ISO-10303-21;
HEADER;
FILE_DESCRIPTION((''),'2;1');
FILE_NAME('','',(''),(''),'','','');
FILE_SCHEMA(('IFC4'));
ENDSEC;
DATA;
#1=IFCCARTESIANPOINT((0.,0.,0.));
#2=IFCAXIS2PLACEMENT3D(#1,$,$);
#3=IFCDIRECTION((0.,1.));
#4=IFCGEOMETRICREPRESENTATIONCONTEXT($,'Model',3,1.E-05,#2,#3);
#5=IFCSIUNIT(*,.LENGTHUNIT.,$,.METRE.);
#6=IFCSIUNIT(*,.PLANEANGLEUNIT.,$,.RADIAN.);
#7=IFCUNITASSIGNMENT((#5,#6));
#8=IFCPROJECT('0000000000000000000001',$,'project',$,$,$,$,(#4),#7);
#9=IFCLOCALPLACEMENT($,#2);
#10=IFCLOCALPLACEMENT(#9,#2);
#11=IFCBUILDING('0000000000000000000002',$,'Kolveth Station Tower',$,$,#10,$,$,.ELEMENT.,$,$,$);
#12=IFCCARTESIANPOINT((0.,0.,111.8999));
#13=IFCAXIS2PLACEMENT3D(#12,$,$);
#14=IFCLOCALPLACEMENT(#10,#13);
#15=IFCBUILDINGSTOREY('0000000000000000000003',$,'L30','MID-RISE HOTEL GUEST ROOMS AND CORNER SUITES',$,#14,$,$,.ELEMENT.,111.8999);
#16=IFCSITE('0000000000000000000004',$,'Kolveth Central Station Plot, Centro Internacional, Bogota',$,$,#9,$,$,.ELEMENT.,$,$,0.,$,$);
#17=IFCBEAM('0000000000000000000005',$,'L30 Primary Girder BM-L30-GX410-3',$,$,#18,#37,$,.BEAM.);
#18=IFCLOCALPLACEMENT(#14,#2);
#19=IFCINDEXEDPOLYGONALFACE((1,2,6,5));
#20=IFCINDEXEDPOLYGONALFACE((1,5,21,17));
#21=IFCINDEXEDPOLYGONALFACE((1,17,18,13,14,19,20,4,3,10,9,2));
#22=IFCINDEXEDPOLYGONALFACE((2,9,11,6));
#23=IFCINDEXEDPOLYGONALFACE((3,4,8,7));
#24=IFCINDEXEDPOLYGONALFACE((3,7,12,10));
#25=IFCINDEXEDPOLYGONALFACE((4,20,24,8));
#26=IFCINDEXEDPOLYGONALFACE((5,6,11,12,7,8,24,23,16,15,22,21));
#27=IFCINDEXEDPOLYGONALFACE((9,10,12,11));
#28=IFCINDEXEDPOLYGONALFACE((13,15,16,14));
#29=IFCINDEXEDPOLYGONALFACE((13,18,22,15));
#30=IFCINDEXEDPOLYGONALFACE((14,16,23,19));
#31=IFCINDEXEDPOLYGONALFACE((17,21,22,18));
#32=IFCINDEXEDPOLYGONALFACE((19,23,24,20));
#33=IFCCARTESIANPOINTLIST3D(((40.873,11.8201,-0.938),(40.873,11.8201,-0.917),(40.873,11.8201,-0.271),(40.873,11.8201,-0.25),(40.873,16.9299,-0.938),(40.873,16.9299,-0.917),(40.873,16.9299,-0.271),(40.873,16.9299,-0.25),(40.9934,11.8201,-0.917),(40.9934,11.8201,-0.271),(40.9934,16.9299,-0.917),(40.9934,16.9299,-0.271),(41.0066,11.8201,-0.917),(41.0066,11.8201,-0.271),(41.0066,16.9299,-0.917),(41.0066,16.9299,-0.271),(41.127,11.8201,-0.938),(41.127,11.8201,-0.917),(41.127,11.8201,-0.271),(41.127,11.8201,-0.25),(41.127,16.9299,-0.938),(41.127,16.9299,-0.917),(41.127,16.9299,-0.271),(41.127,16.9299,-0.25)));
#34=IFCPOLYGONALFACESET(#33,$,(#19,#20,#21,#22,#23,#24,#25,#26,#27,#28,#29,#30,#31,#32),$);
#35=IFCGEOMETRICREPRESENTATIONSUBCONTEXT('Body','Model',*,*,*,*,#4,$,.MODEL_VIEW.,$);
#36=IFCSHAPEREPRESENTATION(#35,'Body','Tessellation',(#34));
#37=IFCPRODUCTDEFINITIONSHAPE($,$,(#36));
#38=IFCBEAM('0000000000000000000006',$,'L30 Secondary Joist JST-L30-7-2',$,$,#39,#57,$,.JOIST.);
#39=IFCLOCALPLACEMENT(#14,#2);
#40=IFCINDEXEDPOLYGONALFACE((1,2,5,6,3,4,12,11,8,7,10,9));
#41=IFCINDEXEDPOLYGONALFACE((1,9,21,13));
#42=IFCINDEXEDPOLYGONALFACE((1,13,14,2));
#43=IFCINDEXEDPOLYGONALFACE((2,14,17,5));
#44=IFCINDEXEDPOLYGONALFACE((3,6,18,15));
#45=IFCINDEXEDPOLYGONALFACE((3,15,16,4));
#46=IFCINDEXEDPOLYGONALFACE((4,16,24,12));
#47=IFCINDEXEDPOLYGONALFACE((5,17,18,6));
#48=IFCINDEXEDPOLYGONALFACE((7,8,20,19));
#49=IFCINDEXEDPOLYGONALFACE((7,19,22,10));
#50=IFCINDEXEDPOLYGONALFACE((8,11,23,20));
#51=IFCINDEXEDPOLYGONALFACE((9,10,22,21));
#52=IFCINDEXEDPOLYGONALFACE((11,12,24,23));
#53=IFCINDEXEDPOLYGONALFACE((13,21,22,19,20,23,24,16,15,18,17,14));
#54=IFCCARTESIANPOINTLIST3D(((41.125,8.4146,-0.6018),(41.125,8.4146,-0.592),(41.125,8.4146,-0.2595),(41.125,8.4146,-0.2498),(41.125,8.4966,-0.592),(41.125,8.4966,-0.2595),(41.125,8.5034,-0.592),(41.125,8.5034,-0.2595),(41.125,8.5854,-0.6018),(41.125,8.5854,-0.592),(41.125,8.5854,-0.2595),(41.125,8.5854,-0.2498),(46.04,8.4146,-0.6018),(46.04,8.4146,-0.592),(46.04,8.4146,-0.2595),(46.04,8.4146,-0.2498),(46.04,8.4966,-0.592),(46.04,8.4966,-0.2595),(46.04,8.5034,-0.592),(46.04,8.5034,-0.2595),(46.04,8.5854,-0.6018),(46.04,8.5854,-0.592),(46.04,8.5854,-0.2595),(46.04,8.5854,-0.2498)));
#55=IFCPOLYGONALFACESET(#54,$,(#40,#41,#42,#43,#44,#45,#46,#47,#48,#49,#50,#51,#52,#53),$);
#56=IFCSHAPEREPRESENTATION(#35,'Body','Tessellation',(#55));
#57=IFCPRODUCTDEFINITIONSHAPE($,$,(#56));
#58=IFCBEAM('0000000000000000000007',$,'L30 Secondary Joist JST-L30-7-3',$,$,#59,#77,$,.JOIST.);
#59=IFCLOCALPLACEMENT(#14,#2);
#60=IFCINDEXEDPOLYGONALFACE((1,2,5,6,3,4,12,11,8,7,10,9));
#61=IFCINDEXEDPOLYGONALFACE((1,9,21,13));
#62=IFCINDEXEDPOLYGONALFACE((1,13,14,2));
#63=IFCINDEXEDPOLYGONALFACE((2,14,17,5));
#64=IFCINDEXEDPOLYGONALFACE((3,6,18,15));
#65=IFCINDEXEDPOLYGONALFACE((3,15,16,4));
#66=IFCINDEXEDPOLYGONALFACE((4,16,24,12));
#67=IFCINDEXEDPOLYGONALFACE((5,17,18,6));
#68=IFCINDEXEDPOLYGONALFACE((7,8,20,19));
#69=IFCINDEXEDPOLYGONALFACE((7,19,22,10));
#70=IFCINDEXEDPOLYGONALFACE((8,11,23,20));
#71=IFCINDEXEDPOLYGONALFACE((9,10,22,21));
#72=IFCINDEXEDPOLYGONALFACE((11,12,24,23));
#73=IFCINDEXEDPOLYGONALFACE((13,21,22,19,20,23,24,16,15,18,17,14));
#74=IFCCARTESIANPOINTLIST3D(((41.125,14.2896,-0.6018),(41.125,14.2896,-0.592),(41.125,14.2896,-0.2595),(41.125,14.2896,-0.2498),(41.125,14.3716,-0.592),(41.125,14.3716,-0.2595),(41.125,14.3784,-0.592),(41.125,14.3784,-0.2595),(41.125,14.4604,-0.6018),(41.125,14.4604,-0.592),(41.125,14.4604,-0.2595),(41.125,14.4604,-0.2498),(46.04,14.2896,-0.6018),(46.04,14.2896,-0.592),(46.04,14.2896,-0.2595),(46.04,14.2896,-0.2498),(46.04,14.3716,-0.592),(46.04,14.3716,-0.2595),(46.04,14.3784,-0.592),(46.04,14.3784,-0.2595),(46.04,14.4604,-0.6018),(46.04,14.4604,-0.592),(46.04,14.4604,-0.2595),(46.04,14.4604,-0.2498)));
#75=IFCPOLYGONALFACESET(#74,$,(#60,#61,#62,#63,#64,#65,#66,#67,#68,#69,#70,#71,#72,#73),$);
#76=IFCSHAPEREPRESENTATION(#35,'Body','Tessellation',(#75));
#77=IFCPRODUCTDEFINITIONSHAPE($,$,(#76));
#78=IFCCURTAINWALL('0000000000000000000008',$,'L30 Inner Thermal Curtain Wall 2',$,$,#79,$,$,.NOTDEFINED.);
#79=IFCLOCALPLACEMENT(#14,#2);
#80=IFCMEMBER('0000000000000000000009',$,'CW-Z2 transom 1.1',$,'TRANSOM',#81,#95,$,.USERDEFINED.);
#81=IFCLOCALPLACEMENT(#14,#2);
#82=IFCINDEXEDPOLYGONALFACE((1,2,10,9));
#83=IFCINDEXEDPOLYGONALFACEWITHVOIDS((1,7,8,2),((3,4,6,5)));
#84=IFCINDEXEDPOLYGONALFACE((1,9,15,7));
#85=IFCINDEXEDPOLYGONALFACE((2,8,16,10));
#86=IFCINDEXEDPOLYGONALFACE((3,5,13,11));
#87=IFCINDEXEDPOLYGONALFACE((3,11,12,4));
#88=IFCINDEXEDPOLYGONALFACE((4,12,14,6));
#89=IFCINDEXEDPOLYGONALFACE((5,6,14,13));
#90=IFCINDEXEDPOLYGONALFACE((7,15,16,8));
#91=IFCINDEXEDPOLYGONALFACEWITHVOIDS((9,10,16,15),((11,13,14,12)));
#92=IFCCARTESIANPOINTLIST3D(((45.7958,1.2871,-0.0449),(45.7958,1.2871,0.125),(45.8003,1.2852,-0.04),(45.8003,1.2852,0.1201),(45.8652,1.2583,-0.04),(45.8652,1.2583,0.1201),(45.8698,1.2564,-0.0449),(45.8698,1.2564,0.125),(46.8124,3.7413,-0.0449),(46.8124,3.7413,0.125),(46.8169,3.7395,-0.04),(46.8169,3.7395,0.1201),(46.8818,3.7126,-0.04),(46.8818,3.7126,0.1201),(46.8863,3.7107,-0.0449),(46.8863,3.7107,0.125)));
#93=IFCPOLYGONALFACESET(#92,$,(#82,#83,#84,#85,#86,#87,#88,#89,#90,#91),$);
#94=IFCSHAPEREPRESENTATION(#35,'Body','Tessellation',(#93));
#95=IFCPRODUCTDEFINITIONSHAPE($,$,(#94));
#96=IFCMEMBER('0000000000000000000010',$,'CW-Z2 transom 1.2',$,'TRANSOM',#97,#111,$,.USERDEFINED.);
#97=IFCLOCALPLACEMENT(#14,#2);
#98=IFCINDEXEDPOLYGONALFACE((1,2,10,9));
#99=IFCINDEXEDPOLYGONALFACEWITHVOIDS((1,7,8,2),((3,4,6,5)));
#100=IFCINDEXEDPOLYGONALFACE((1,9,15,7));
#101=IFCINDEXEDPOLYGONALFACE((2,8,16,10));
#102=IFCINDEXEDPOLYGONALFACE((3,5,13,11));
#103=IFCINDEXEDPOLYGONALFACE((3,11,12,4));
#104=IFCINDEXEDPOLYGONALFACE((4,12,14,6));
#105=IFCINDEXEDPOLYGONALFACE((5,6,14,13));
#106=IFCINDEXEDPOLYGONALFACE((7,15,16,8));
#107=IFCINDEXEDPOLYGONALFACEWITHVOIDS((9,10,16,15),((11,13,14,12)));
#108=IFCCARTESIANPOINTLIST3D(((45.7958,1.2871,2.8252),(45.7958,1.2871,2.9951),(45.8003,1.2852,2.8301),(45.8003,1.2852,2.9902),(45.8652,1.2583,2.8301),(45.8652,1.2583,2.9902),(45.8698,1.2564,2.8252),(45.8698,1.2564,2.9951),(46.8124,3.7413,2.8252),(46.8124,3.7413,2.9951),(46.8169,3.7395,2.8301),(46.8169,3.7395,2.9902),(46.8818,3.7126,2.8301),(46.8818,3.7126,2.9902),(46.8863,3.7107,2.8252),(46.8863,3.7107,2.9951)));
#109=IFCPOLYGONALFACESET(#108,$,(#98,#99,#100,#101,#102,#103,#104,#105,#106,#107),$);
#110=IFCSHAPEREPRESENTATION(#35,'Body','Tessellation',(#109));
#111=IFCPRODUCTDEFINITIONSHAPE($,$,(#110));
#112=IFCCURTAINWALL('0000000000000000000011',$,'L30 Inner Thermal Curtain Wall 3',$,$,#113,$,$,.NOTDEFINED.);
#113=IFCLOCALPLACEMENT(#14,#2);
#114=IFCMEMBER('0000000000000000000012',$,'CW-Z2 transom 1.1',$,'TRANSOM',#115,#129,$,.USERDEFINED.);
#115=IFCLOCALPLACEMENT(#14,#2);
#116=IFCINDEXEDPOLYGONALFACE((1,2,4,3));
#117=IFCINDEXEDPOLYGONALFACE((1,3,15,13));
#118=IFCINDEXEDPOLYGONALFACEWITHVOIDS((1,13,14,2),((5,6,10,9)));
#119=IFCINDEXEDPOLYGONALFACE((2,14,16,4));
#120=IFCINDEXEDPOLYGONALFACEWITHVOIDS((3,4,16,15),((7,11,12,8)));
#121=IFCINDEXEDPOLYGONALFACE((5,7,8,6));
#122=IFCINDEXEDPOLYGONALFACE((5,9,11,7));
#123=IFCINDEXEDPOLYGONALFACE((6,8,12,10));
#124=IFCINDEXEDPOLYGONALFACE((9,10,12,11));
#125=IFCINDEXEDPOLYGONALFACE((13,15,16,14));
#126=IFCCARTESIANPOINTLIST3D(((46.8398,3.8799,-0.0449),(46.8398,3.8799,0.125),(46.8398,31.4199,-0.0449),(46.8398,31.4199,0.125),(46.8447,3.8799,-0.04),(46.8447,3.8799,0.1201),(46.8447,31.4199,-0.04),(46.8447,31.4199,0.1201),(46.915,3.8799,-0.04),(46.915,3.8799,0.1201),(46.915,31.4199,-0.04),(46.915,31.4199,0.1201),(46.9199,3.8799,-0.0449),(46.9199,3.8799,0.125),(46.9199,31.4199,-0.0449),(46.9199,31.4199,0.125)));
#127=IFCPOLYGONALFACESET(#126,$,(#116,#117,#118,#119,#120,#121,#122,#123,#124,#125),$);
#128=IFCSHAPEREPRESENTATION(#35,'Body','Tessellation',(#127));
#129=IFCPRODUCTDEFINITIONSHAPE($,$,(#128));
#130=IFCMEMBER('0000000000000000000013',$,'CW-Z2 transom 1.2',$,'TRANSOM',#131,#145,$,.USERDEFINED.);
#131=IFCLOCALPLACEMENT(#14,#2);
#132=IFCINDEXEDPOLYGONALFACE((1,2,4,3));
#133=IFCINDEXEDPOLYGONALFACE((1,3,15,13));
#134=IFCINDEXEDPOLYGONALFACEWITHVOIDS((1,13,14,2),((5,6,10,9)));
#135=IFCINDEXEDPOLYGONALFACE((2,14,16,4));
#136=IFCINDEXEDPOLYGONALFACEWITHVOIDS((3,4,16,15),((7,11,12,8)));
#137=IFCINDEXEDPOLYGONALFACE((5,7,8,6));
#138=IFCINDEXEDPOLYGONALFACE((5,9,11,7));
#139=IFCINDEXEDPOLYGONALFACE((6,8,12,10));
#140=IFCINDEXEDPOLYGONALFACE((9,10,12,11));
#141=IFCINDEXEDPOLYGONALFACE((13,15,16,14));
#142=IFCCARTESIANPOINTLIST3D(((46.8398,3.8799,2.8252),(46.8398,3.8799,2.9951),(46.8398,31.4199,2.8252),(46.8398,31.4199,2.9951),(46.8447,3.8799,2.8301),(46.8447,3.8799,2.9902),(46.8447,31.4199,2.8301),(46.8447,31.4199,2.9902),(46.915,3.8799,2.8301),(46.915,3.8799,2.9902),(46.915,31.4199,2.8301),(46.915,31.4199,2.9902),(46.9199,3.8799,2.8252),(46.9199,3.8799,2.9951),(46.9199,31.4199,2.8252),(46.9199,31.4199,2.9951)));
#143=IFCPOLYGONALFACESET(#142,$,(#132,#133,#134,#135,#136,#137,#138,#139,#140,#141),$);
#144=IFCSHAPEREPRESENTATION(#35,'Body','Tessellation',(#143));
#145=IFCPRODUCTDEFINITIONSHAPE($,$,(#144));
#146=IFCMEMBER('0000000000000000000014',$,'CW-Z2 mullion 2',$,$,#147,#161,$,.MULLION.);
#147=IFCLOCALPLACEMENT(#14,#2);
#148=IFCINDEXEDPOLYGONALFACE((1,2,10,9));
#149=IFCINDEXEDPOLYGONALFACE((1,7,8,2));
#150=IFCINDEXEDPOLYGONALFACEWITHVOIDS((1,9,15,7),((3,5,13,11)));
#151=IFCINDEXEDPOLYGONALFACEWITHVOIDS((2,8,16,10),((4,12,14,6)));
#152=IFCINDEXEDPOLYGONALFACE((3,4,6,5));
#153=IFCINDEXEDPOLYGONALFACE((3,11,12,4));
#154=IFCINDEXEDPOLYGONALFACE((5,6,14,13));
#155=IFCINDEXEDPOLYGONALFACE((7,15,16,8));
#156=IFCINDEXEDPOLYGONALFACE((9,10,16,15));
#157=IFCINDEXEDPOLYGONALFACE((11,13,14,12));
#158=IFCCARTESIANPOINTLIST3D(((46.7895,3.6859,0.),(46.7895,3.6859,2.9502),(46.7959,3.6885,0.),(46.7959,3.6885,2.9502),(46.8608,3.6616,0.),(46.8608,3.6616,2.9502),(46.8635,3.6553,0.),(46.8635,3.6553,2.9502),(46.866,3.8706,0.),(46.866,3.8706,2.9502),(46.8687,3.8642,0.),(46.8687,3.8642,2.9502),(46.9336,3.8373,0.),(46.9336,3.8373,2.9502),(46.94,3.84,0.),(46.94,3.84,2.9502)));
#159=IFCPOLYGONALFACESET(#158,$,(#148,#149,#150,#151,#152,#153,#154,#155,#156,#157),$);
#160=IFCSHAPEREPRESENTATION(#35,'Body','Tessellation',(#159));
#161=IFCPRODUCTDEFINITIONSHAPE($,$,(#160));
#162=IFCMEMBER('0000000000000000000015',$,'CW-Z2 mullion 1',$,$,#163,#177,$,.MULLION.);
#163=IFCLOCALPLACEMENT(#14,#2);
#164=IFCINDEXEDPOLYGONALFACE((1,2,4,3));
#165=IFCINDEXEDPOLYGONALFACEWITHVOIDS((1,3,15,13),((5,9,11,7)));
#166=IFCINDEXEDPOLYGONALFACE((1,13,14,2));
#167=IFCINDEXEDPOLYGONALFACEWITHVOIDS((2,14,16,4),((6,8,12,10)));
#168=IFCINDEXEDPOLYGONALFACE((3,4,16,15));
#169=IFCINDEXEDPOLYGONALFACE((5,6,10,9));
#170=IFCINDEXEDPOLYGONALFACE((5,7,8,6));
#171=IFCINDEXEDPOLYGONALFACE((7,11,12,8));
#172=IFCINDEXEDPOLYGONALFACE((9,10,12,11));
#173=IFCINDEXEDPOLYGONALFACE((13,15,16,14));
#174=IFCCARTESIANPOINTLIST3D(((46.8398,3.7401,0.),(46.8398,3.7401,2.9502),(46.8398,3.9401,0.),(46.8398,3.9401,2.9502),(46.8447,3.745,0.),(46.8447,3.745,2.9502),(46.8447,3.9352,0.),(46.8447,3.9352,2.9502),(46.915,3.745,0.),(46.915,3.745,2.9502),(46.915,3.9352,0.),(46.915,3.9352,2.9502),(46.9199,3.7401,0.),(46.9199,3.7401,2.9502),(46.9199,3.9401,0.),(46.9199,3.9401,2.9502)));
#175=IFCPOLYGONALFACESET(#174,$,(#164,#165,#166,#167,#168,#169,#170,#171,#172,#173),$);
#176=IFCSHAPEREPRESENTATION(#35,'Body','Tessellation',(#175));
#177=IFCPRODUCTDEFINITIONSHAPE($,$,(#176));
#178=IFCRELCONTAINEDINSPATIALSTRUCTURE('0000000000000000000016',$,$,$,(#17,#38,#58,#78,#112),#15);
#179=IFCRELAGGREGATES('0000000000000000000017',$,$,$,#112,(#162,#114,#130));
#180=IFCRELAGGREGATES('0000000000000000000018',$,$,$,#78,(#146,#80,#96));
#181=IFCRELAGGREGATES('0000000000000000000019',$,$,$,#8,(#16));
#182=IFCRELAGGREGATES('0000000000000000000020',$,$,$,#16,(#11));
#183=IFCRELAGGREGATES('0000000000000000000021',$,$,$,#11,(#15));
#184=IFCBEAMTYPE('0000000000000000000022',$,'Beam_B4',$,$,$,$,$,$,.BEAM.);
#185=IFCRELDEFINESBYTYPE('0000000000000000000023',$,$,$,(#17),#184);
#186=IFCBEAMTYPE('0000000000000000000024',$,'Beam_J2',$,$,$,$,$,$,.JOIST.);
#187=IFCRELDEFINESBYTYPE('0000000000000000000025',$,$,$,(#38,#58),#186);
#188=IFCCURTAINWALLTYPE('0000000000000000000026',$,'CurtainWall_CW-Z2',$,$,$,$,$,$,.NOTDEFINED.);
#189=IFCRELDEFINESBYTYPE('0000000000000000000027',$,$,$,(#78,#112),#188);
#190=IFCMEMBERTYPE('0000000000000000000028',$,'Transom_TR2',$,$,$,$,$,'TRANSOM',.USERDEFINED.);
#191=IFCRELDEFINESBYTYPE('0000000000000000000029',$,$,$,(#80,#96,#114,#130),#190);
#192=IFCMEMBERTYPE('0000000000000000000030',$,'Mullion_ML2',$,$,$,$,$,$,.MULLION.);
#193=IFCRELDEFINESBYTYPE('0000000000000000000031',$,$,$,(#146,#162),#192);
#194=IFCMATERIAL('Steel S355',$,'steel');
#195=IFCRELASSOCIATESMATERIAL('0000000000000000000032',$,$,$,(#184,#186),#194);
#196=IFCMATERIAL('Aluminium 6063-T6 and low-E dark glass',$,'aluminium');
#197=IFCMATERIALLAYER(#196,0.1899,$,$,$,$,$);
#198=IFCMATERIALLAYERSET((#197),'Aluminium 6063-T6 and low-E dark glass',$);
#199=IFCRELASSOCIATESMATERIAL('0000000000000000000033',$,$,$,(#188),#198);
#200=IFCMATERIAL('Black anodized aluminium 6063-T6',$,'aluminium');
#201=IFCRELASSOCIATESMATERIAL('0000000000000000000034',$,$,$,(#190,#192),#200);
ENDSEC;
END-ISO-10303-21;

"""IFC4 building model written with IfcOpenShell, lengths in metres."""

from ifc_helpers import new_model, si_unit, direction, frame, origin, origin_2d, place, context, subcontext, project, spatial, hollow_rectangle, i_section, extrude, source, transform, mapped, material, layer, layer_set, material_profile, profile_set, type_object, element, aggregate, save


model = new_model("IFC4")

# Units and contexts
model_context = context("Model", 3, precision=1e-05, world=origin(), true_north=direction((0.0, 1.0)))
body_context = subcontext(model_context, "Body", "Model", "MODEL_VIEW")
ifc_project = project(units=[si_unit("LENGTHUNIT", "METRE"), si_unit("PLANEANGLEUNIT", "RADIAN")], contexts=[model_context])

# Site, building, storey
site_placement = place(None, origin())
site = spatial("IfcSite", under=ifc_project, at=site_placement, Name="Kolveth Central Station Plot, Centro Internacional, Bogota", CompositionType="ELEMENT", RefElevation=0.0)
building_placement = place(site_placement, origin())
building = spatial("IfcBuilding", under=site, at=building_placement, Name="Kolveth Station Tower", CompositionType="ELEMENT")
storey_placement = place(building_placement, frame((0.0, 0.0, 111.8999)))
storey = spatial("IfcBuildingStorey", under=building, at=storey_placement, Name="L30", Description="MID-RISE HOTEL GUEST ROOMS AND CORNER SUITES", CompositionType="ELEMENT", Elevation=111.8999)

# Beams
ifc_material_1 = material(Name="Steel S355", Category="steel")
ifc_material_profile_1 = material_profile(ifc_material_1, i_section(OverallWidth=0.2539, OverallDepth=0.688, WebThickness=0.0132, FlangeThickness=0.021, at=origin_2d()), Name="W690x152")
ifc_profile_set_1 = profile_set([ifc_material_profile_1], Name="Steel S355")
beam_type_1 = type_object("IfcBeamType", Name="Beam_B4", PredefinedType="BEAM", material=ifc_profile_set_1)
shared_shape_1 = source(origin(), body_context, "Body", "SweptSolid", [
    extrude(i_section(OverallWidth=0.2539, OverallDepth=0.688, WebThickness=0.0132, FlangeThickness=0.021, at=origin_2d()), origin(), (0.0, 0.0, 1.0), 5.1099),
])
beam_1_placement = place(storey_placement, frame((41.0, 11.8201, -0.594), z_axis=(0.0, 1.0, 0.0), x_axis=(-1.0, 0.0, 0.0)))
element("IfcBeam", 1, at=beam_1_placement, inside=storey, type_object=beam_type_1, Name="L30 Primary Girder BM-L30-GX410-3", PredefinedType="BEAM", context=body_context, shape_type="MappedRepresentation", body=[
    mapped(shared_shape_1, transform((0.0, 0.0, 0.0), x_axis=(1.0, 0.0, 0.0), y_axis=(0.0, 1.0, 0.0), z_axis=(0.0, 0.0, 1.0), scale=1.0)),
])
ifc_material_profile_2 = material_profile(ifc_material_1, i_section(OverallWidth=0.1709, OverallDepth=0.3521, WebThickness=0.0068, FlangeThickness=0.0098, at=origin_2d()), Name="W360x44")
ifc_profile_set_2 = profile_set([ifc_material_profile_2], Name="Steel S355")
beam_type_2 = type_object("IfcBeamType", Name="Beam_J2", PredefinedType="JOIST", material=ifc_profile_set_2)
shared_shape_2 = source(origin(), body_context, "Body", "SweptSolid", [
    extrude(i_section(OverallWidth=0.1709, OverallDepth=0.3521, WebThickness=0.0068, FlangeThickness=0.0098, at=origin_2d()), origin(), (0.0, 0.0, 1.0), 4.915),
])
for number, where, z_axis, x_axis, name in (
    (2, (41.125, 8.5, -0.4258), (1.0, 0.0, 0.0), (0.0, 1.0, 0.0), "L30 Secondary Joist JST-L30-7-2"),
    (3, (41.125, 14.375, -0.4258), (1.0, 0.0, 0.0), (0.0, 1.0, 0.0), "L30 Secondary Joist JST-L30-7-3"),
):
    element("IfcBeam", number, at=place(storey_placement, frame(where, z_axis=z_axis, x_axis=x_axis)), inside=storey, type_object=beam_type_2, Name=name, PredefinedType="JOIST", context=body_context, shape_type="MappedRepresentation", body=[
        mapped(shared_shape_2, transform((0.0, 0.0, 0.0), x_axis=(1.0, 0.0, 0.0), y_axis=(0.0, 1.0, 0.0), z_axis=(0.0, 0.0, 1.0), scale=1.0)),
    ])

# Curtain walls, members
ifc_material_2 = material(Name="Aluminium 6063-T6 and low-E dark glass", Category="aluminium")
ifc_layer_1 = layer(ifc_material_2, 0.1899)
ifc_layer_set_1 = layer_set([ifc_layer_1], Name="Aluminium 6063-T6 and low-E dark glass")
curtain_wall_type_1 = type_object("IfcCurtainWallType", Name="CurtainWall_CW-Z2", PredefinedType="NOTDEFINED", material=ifc_layer_set_1)
curtain_wall_1_placement = place(storey_placement, origin())
curtain_wall_1 = element("IfcCurtainWall", 4, at=curtain_wall_1_placement, inside=storey, type_object=curtain_wall_type_1, Name="L30 Inner Thermal Curtain Wall 2", PredefinedType="NOTDEFINED")
ifc_material_3 = material(Name="Black anodized aluminium 6063-T6", Category="aluminium")
ifc_material_profile_3 = material_profile(ifc_material_3, hollow_rectangle(XDim=0.0801, YDim=0.1699, WallThickness=0.0049, at=origin_2d()), Name="ALU-80x170x5")
ifc_profile_set_3 = profile_set([ifc_material_profile_3], Name="Black anodized aluminium 6063-T6")
member_type_1 = type_object("IfcMemberType", Name="Transom_TR2", ElementType="TRANSOM", PredefinedType="USERDEFINED", material=ifc_profile_set_3)
shared_shape_3 = source(origin(), body_context, "Body", "SweptSolid", [
    extrude(hollow_rectangle(XDim=0.0801, YDim=0.1699, WallThickness=0.0049, at=origin_2d()), origin(), (0.0, 0.0, 1.0), 2.6565),
])
member_1_placement = place(storey_placement, frame((45.8328, 1.2717, 0.04), z_axis=(0.382676, 0.923882, 0.0), x_axis=(-0.923882, 0.382676, 0.0)))
member_1 = element("IfcMember", 5, at=member_1_placement, type_object=member_type_1, Name="CW-Z2 transom 1.1", ObjectType="TRANSOM", PredefinedType="USERDEFINED", context=body_context, shape_type="MappedRepresentation", body=[
    mapped(shared_shape_3, transform((0.0, 0.0, 0.0), x_axis=(1.0, 0.0, 0.0), y_axis=(0.0, 1.0, 0.0), z_axis=(0.0, 0.0, 1.0), scale=1.0)),
])
member_2_placement = place(storey_placement, frame((45.8328, 1.2717, 2.9102), z_axis=(0.382676, 0.923882, 0.0), x_axis=(-0.923882, 0.382676, 0.0)))
member_2 = element("IfcMember", 6, at=member_2_placement, type_object=member_type_1, Name="CW-Z2 transom 1.2", ObjectType="TRANSOM", PredefinedType="USERDEFINED", context=body_context, shape_type="MappedRepresentation", body=[
    mapped(shared_shape_3, transform((0.0, 0.0, 0.0), x_axis=(1.0, 0.0, 0.0), y_axis=(0.0, 1.0, 0.0), z_axis=(0.0, 0.0, 1.0), scale=1.0)),
])
curtain_wall_2_placement = place(storey_placement, origin())
curtain_wall_2 = element("IfcCurtainWall", 7, at=curtain_wall_2_placement, inside=storey, type_object=curtain_wall_type_1, Name="L30 Inner Thermal Curtain Wall 3", PredefinedType="NOTDEFINED")
shared_shape_4 = source(origin(), body_context, "Body", "SweptSolid", [
    extrude(hollow_rectangle(XDim=0.0801, YDim=0.1699, WallThickness=0.0049, at=origin_2d()), origin(), (0.0, 0.0, 1.0), 27.54),
])
member_3_placement = place(storey_placement, frame((46.8799, 3.8799, 0.04), z_axis=(0.0, 1.0, 0.0), x_axis=(-1.0, 0.0, 0.0)))
member_3 = element("IfcMember", 8, at=member_3_placement, type_object=member_type_1, Name="CW-Z2 transom 1.1", ObjectType="TRANSOM", PredefinedType="USERDEFINED", context=body_context, shape_type="MappedRepresentation", body=[
    mapped(shared_shape_4, transform((0.0, 0.0, 0.0), x_axis=(1.0, 0.0, 0.0), y_axis=(0.0, 1.0, 0.0), z_axis=(0.0, 0.0, 1.0), scale=1.0)),
])
member_4_placement = place(storey_placement, frame((46.8799, 3.8799, 2.9102), z_axis=(0.0, 1.0, 0.0), x_axis=(-1.0, 0.0, 0.0)))
member_4 = element("IfcMember", 9, at=member_4_placement, type_object=member_type_1, Name="CW-Z2 transom 1.2", ObjectType="TRANSOM", PredefinedType="USERDEFINED", context=body_context, shape_type="MappedRepresentation", body=[
    mapped(shared_shape_4, transform((0.0, 0.0, 0.0), x_axis=(1.0, 0.0, 0.0), y_axis=(0.0, 1.0, 0.0), z_axis=(0.0, 0.0, 1.0), scale=1.0)),
])

# Members
ifc_material_profile_4 = material_profile(ifc_material_3, hollow_rectangle(XDim=0.0801, YDim=0.2, WallThickness=0.0049, at=origin_2d()), Name="ALU-80x200x5")
ifc_profile_set_4 = profile_set([ifc_material_profile_4], Name="Black anodized aluminium 6063-T6")
member_type_2 = type_object("IfcMemberType", Name="Mullion_ML2", PredefinedType="MULLION", material=ifc_profile_set_4)
shared_shape_5 = source(origin(), body_context, "Body", "SweptSolid", [
    extrude(hollow_rectangle(XDim=0.0801, YDim=0.2, WallThickness=0.0049, at=origin_2d()), origin(), (0.0, 0.0, 1.0), 2.9502),
])
member_5_placement = place(storey_placement, frame((46.8647, 3.7629, 0.0), z_axis=(0.0, 0.0, 1.0), x_axis=(-0.923888, 0.382663, 0.0)))
member_5 = element("IfcMember", 10, at=member_5_placement, type_object=member_type_2, Name="CW-Z2 mullion 2", PredefinedType="MULLION", context=body_context, shape_type="MappedRepresentation", body=[
    mapped(shared_shape_5, transform((0.0, 0.0, 0.0), x_axis=(1.0, 0.0, 0.0), y_axis=(0.0, 1.0, 0.0), z_axis=(0.0, 0.0, 1.0), scale=1.0)),
])
member_6_placement = place(storey_placement, frame((46.8799, 3.8401, 0.0), z_axis=(0.0, 0.0, 1.0), x_axis=(-1.0, 0.0, 0.0)))
member_6 = element("IfcMember", 11, at=member_6_placement, type_object=member_type_2, Name="CW-Z2 mullion 1", PredefinedType="MULLION", context=body_context, shape_type="MappedRepresentation", body=[
    mapped(shared_shape_5, transform((0.0, 0.0, 0.0), x_axis=(1.0, 0.0, 0.0), y_axis=(0.0, 1.0, 0.0), z_axis=(0.0, 0.0, 1.0), scale=1.0)),
])
aggregate(curtain_wall_2, [member_6, member_3, member_4])

aggregate(curtain_wall_1, [member_5, member_1, member_2])

save(model, "model.ifc")
